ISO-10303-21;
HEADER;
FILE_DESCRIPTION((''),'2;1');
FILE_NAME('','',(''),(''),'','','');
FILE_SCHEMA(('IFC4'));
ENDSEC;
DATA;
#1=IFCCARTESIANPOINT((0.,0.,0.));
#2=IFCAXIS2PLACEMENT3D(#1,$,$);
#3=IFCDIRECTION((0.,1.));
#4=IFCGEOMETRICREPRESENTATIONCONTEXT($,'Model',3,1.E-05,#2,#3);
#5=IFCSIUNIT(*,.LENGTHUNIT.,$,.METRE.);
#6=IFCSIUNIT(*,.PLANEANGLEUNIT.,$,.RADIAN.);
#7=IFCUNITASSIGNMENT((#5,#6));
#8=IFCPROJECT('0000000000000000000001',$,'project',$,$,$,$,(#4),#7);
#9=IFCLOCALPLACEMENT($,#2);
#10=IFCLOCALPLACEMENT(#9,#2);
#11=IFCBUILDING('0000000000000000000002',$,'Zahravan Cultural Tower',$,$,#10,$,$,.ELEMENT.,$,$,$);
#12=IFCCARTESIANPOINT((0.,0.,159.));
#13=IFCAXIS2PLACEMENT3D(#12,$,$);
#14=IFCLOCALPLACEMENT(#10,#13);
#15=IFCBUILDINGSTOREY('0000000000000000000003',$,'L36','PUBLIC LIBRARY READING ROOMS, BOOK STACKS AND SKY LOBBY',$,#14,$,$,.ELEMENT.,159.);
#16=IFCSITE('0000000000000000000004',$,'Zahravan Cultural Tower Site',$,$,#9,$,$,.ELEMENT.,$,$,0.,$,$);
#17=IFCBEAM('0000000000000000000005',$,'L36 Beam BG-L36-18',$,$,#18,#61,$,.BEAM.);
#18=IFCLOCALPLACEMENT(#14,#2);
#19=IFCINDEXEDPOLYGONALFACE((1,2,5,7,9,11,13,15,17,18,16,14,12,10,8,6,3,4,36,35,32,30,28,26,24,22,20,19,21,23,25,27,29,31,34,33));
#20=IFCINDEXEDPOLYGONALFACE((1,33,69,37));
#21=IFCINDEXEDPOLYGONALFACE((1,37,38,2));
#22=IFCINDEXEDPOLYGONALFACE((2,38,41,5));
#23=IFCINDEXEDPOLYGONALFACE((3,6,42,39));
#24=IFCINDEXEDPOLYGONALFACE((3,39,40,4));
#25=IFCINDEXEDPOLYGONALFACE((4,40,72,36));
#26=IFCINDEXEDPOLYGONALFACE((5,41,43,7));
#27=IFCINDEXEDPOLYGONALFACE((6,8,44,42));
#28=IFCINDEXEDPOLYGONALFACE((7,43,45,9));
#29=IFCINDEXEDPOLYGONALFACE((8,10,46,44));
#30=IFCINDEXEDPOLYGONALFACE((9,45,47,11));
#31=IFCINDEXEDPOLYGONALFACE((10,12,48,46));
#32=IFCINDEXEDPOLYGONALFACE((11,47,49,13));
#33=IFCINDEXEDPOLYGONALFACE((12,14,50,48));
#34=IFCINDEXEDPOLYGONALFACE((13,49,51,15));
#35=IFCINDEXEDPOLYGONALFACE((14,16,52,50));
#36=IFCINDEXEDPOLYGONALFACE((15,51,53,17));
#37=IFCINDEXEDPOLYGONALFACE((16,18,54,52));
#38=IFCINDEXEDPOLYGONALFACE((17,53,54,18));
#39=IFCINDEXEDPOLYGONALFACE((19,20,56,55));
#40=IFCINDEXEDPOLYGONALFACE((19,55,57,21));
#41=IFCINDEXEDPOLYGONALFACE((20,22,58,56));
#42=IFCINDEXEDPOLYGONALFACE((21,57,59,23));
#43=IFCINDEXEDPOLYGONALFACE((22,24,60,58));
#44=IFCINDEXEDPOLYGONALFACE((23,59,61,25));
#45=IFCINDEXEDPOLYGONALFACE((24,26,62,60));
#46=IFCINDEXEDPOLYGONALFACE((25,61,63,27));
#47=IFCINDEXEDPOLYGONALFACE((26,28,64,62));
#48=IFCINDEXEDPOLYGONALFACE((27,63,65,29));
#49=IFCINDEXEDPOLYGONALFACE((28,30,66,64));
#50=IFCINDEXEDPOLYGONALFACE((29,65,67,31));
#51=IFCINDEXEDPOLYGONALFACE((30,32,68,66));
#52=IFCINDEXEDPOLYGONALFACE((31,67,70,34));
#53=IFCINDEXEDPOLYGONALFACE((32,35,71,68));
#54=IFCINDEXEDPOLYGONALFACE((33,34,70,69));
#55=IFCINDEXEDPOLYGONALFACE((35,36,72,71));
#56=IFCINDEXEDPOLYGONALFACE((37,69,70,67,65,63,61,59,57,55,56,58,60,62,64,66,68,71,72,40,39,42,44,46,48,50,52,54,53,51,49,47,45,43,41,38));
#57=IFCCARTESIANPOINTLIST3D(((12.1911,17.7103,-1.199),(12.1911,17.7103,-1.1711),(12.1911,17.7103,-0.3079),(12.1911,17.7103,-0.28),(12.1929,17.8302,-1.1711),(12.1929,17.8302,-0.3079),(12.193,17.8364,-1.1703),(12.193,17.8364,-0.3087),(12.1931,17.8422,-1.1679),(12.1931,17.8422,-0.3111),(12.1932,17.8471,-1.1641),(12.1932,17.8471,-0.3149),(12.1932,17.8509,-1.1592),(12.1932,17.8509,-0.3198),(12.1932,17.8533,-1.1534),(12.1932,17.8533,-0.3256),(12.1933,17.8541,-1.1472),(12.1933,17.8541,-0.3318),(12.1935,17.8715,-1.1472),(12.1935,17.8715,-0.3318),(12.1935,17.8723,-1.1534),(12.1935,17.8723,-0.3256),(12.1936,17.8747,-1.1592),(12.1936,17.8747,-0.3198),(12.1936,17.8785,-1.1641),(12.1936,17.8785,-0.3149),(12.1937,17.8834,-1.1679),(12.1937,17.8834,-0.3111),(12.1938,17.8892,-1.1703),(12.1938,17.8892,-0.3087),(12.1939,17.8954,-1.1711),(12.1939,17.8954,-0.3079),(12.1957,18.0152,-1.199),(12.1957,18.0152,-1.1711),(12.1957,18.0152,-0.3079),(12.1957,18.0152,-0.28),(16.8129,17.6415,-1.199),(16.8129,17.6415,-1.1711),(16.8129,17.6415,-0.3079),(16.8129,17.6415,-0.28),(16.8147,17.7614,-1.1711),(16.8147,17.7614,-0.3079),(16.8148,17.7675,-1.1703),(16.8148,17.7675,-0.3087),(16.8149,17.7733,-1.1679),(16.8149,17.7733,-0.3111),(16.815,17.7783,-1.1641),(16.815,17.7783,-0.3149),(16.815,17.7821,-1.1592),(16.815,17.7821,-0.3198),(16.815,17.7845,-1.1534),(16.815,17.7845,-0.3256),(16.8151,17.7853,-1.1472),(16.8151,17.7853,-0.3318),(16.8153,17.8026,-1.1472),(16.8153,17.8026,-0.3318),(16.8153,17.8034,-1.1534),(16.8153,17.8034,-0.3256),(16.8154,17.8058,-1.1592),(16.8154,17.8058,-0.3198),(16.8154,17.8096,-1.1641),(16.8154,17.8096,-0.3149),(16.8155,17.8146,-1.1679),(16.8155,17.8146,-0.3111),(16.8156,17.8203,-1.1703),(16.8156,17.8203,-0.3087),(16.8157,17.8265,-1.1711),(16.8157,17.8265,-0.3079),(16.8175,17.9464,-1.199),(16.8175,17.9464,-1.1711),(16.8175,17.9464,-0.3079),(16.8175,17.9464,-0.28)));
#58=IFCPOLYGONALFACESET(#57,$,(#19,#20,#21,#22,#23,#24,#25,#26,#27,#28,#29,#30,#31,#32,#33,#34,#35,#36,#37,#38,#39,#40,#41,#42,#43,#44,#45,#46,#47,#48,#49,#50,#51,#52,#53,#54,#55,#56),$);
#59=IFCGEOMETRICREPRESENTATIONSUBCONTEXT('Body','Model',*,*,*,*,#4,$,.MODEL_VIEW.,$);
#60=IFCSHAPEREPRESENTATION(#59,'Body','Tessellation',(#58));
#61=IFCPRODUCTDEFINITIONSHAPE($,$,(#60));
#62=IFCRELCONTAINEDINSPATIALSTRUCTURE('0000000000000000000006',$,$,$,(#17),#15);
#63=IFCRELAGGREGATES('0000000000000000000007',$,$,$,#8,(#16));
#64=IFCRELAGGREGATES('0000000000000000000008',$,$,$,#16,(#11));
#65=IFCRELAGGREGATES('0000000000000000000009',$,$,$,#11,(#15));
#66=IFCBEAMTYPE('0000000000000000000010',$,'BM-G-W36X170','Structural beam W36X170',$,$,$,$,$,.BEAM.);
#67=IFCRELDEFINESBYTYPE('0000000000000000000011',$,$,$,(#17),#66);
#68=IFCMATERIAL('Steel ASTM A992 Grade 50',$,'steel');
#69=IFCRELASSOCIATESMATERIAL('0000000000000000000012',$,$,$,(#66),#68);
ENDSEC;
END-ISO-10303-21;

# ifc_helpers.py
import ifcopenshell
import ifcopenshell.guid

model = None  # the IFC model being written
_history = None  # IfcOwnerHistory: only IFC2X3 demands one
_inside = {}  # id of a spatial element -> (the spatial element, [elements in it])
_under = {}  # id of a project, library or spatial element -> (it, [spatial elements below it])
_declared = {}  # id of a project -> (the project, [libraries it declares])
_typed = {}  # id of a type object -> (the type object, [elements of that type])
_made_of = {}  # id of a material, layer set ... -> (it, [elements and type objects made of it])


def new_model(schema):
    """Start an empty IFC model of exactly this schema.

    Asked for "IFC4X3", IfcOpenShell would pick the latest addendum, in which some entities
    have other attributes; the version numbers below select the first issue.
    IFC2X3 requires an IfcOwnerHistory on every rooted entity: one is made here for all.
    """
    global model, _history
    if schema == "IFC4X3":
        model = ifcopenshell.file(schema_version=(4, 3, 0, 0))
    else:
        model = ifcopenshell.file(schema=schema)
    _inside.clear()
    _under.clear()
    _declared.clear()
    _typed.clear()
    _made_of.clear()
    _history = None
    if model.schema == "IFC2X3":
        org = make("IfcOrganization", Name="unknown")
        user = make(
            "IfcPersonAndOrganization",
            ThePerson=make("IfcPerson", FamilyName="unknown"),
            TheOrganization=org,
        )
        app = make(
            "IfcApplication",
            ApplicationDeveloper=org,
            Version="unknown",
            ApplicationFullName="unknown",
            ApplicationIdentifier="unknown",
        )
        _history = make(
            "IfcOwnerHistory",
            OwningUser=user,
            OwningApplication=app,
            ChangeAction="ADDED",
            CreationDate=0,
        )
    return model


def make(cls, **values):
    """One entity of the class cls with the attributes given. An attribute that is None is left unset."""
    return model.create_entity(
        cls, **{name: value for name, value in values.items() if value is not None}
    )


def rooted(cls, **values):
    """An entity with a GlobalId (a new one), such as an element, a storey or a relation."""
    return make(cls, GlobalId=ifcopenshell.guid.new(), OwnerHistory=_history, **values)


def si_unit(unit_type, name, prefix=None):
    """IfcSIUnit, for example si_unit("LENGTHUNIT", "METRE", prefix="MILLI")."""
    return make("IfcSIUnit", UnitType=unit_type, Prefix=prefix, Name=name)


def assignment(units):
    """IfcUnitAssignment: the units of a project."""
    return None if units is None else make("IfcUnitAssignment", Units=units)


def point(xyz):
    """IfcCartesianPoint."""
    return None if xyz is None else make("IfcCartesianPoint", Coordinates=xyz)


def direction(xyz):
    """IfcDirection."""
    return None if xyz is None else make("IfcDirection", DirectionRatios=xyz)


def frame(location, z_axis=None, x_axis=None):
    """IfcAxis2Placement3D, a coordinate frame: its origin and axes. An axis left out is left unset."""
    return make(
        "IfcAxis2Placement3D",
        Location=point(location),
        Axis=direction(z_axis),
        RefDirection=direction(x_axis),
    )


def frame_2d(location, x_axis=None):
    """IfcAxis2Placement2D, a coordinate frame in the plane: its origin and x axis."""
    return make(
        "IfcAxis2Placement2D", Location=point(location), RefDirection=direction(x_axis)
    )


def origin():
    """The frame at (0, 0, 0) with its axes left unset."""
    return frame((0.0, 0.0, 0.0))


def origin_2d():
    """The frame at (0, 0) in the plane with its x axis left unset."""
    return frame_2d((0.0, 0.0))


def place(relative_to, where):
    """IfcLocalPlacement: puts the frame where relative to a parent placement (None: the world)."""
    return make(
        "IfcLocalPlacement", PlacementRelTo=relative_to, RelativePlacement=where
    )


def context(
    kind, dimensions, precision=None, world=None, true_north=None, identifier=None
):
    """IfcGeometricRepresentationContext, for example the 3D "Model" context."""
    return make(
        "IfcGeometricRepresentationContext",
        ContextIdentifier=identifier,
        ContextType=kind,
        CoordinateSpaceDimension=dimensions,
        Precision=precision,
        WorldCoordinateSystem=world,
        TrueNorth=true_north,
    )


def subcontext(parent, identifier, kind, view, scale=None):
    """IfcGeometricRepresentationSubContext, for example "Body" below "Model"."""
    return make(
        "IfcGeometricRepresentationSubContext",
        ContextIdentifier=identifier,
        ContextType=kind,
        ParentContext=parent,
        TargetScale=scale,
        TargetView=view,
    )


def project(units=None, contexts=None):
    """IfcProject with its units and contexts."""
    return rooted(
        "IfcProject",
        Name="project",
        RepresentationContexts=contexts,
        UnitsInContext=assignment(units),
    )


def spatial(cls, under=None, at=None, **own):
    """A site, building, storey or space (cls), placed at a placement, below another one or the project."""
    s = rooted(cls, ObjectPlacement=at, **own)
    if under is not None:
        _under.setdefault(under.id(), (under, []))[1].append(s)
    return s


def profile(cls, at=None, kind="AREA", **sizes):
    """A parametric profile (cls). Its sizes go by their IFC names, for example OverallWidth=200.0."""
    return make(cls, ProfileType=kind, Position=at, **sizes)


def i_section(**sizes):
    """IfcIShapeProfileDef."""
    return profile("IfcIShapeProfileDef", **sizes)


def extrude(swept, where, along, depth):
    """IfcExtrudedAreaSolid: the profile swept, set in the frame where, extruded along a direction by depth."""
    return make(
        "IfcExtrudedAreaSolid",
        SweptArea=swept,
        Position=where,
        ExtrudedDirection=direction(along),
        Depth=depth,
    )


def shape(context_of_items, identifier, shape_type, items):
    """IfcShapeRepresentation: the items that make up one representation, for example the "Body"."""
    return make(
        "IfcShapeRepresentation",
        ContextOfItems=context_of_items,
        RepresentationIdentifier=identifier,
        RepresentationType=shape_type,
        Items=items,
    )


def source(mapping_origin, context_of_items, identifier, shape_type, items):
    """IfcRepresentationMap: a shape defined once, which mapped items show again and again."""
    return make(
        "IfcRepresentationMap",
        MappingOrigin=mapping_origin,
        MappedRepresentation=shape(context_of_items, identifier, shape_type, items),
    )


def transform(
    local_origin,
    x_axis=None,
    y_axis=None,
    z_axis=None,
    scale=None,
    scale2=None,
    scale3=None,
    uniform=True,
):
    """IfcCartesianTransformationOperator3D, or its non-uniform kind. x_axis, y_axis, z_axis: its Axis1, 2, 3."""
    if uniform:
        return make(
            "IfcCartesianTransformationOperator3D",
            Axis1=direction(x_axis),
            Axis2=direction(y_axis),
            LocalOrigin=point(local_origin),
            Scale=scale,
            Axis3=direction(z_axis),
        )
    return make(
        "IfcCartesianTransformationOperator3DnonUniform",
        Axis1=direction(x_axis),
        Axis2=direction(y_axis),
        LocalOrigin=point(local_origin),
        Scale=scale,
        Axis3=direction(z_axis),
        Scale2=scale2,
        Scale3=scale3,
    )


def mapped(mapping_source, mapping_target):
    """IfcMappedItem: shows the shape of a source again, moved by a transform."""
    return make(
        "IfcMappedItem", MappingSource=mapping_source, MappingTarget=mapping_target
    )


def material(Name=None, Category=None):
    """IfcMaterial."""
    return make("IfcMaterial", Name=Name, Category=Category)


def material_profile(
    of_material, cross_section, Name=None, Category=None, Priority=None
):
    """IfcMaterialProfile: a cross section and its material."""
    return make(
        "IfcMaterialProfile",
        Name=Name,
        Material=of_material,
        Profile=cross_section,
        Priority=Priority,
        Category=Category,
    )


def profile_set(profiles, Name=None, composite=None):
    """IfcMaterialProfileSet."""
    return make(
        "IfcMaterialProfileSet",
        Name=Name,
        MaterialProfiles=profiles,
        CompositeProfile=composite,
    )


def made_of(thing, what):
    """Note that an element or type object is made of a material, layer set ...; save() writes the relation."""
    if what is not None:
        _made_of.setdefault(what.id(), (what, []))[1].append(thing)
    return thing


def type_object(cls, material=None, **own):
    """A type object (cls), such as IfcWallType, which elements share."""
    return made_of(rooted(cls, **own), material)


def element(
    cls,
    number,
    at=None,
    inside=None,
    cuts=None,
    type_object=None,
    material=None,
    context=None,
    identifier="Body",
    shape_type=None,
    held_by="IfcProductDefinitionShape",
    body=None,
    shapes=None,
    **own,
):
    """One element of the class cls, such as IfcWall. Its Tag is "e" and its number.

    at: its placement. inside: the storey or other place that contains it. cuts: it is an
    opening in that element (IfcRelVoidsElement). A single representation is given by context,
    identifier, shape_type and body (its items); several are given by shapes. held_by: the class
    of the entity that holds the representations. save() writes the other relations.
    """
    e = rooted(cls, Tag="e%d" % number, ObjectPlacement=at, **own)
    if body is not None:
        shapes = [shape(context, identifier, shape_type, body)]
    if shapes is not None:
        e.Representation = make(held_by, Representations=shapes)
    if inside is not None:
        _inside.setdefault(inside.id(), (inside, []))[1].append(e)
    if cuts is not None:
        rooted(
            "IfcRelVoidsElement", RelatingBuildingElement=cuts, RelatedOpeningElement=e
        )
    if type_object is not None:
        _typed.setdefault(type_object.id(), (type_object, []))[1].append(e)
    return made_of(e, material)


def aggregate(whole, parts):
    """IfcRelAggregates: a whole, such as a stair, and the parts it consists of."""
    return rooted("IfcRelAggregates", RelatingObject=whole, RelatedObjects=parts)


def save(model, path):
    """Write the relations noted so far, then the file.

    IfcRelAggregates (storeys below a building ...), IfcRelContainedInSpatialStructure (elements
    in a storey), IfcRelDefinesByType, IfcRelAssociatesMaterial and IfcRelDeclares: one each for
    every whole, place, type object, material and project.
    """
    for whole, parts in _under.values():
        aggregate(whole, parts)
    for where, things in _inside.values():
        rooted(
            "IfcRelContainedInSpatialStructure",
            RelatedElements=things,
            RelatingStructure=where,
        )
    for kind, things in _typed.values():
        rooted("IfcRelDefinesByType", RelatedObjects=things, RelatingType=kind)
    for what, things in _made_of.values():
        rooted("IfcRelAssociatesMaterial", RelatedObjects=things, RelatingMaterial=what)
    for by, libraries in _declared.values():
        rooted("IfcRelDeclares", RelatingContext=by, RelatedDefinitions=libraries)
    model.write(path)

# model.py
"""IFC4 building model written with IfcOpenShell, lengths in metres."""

from ifc_helpers import new_model, si_unit, direction, frame, origin, origin_2d, place, context, subcontext, project, spatial, i_section, extrude, source, transform, mapped, material, material_profile, profile_set, type_object, element, save


model = new_model("IFC4")

# Units and contexts
model_context = context("Model", 3, precision=1e-05, world=origin(), true_north=direction((0.0, 1.0)))
body_context = subcontext(model_context, "Body", "Model", "MODEL_VIEW")
ifc_project = project(units=[si_unit("LENGTHUNIT", "METRE"), si_unit("PLANEANGLEUNIT", "RADIAN")], contexts=[model_context])

# Site, building, storey
site_placement = place(None, origin())
site = spatial("IfcSite", under=ifc_project, at=site_placement, Name="Zahravan Cultural Tower Site", CompositionType="ELEMENT", RefElevation=0.0)
building_placement = place(site_placement, origin())
building = spatial("IfcBuilding", under=site, at=building_placement, Name="Zahravan Cultural Tower", CompositionType="ELEMENT")
storey_placement = place(building_placement, frame((0.0, 0.0, 159.0)))
storey = spatial("IfcBuildingStorey", under=building, at=storey_placement, Name="L36", Description="PUBLIC LIBRARY READING ROOMS, BOOK STACKS AND SKY LOBBY", CompositionType="ELEMENT", Elevation=159.0)

# Shared definitions
ifc_material_1 = material(Name="Steel ASTM A992 Grade 50", Category="steel")

# Beam
ifc_material_profile_1 = material_profile(ifc_material_1, i_section(OverallWidth=0.3049, OverallDepth=0.9189, WebThickness=0.0173, FlangeThickness=0.0278, FilletRadius=0.0239, at=origin_2d()), Name="W36X170")
ifc_profile_set_1 = profile_set([ifc_material_profile_1], Name="Steel ASTM A992 Grade 50")
beam_type_1 = type_object("IfcBeamType", Name="BM-G-W36X170", Description="Structural beam W36X170", PredefinedType="BEAM", material=ifc_profile_set_1)
shared_shape_1 = source(origin(), body_context, "Body", "SweptSolid", [
    extrude(i_section(OverallWidth=0.3049, OverallDepth=0.9189, WebThickness=0.0173, FlangeThickness=0.0278, FilletRadius=0.0239, at=origin_2d()), origin(), (0.0, 0.0, 1.0), 4.6223),
])
beam_1_placement = place(storey_placement, frame((16.8152, 17.7939, -0.7395), z_axis=(-0.999889, 0.014895, 0.0), x_axis=(-0.014895, -0.999889, 0.0)))
element("IfcBeam", 1, at=beam_1_placement, inside=storey, type_object=beam_type_1, Name="L36 Beam BG-L36-18", PredefinedType="BEAM", context=body_context, shape_type="MappedRepresentation", body=[
    mapped(shared_shape_1, transform((0.0, 0.0, 0.0), x_axis=(1.0, 0.0, 0.0), y_axis=(0.0, 1.0, 0.0), z_axis=(0.0, 0.0, 1.0), scale=1.0)),
])

save(model, "model.ifc")
